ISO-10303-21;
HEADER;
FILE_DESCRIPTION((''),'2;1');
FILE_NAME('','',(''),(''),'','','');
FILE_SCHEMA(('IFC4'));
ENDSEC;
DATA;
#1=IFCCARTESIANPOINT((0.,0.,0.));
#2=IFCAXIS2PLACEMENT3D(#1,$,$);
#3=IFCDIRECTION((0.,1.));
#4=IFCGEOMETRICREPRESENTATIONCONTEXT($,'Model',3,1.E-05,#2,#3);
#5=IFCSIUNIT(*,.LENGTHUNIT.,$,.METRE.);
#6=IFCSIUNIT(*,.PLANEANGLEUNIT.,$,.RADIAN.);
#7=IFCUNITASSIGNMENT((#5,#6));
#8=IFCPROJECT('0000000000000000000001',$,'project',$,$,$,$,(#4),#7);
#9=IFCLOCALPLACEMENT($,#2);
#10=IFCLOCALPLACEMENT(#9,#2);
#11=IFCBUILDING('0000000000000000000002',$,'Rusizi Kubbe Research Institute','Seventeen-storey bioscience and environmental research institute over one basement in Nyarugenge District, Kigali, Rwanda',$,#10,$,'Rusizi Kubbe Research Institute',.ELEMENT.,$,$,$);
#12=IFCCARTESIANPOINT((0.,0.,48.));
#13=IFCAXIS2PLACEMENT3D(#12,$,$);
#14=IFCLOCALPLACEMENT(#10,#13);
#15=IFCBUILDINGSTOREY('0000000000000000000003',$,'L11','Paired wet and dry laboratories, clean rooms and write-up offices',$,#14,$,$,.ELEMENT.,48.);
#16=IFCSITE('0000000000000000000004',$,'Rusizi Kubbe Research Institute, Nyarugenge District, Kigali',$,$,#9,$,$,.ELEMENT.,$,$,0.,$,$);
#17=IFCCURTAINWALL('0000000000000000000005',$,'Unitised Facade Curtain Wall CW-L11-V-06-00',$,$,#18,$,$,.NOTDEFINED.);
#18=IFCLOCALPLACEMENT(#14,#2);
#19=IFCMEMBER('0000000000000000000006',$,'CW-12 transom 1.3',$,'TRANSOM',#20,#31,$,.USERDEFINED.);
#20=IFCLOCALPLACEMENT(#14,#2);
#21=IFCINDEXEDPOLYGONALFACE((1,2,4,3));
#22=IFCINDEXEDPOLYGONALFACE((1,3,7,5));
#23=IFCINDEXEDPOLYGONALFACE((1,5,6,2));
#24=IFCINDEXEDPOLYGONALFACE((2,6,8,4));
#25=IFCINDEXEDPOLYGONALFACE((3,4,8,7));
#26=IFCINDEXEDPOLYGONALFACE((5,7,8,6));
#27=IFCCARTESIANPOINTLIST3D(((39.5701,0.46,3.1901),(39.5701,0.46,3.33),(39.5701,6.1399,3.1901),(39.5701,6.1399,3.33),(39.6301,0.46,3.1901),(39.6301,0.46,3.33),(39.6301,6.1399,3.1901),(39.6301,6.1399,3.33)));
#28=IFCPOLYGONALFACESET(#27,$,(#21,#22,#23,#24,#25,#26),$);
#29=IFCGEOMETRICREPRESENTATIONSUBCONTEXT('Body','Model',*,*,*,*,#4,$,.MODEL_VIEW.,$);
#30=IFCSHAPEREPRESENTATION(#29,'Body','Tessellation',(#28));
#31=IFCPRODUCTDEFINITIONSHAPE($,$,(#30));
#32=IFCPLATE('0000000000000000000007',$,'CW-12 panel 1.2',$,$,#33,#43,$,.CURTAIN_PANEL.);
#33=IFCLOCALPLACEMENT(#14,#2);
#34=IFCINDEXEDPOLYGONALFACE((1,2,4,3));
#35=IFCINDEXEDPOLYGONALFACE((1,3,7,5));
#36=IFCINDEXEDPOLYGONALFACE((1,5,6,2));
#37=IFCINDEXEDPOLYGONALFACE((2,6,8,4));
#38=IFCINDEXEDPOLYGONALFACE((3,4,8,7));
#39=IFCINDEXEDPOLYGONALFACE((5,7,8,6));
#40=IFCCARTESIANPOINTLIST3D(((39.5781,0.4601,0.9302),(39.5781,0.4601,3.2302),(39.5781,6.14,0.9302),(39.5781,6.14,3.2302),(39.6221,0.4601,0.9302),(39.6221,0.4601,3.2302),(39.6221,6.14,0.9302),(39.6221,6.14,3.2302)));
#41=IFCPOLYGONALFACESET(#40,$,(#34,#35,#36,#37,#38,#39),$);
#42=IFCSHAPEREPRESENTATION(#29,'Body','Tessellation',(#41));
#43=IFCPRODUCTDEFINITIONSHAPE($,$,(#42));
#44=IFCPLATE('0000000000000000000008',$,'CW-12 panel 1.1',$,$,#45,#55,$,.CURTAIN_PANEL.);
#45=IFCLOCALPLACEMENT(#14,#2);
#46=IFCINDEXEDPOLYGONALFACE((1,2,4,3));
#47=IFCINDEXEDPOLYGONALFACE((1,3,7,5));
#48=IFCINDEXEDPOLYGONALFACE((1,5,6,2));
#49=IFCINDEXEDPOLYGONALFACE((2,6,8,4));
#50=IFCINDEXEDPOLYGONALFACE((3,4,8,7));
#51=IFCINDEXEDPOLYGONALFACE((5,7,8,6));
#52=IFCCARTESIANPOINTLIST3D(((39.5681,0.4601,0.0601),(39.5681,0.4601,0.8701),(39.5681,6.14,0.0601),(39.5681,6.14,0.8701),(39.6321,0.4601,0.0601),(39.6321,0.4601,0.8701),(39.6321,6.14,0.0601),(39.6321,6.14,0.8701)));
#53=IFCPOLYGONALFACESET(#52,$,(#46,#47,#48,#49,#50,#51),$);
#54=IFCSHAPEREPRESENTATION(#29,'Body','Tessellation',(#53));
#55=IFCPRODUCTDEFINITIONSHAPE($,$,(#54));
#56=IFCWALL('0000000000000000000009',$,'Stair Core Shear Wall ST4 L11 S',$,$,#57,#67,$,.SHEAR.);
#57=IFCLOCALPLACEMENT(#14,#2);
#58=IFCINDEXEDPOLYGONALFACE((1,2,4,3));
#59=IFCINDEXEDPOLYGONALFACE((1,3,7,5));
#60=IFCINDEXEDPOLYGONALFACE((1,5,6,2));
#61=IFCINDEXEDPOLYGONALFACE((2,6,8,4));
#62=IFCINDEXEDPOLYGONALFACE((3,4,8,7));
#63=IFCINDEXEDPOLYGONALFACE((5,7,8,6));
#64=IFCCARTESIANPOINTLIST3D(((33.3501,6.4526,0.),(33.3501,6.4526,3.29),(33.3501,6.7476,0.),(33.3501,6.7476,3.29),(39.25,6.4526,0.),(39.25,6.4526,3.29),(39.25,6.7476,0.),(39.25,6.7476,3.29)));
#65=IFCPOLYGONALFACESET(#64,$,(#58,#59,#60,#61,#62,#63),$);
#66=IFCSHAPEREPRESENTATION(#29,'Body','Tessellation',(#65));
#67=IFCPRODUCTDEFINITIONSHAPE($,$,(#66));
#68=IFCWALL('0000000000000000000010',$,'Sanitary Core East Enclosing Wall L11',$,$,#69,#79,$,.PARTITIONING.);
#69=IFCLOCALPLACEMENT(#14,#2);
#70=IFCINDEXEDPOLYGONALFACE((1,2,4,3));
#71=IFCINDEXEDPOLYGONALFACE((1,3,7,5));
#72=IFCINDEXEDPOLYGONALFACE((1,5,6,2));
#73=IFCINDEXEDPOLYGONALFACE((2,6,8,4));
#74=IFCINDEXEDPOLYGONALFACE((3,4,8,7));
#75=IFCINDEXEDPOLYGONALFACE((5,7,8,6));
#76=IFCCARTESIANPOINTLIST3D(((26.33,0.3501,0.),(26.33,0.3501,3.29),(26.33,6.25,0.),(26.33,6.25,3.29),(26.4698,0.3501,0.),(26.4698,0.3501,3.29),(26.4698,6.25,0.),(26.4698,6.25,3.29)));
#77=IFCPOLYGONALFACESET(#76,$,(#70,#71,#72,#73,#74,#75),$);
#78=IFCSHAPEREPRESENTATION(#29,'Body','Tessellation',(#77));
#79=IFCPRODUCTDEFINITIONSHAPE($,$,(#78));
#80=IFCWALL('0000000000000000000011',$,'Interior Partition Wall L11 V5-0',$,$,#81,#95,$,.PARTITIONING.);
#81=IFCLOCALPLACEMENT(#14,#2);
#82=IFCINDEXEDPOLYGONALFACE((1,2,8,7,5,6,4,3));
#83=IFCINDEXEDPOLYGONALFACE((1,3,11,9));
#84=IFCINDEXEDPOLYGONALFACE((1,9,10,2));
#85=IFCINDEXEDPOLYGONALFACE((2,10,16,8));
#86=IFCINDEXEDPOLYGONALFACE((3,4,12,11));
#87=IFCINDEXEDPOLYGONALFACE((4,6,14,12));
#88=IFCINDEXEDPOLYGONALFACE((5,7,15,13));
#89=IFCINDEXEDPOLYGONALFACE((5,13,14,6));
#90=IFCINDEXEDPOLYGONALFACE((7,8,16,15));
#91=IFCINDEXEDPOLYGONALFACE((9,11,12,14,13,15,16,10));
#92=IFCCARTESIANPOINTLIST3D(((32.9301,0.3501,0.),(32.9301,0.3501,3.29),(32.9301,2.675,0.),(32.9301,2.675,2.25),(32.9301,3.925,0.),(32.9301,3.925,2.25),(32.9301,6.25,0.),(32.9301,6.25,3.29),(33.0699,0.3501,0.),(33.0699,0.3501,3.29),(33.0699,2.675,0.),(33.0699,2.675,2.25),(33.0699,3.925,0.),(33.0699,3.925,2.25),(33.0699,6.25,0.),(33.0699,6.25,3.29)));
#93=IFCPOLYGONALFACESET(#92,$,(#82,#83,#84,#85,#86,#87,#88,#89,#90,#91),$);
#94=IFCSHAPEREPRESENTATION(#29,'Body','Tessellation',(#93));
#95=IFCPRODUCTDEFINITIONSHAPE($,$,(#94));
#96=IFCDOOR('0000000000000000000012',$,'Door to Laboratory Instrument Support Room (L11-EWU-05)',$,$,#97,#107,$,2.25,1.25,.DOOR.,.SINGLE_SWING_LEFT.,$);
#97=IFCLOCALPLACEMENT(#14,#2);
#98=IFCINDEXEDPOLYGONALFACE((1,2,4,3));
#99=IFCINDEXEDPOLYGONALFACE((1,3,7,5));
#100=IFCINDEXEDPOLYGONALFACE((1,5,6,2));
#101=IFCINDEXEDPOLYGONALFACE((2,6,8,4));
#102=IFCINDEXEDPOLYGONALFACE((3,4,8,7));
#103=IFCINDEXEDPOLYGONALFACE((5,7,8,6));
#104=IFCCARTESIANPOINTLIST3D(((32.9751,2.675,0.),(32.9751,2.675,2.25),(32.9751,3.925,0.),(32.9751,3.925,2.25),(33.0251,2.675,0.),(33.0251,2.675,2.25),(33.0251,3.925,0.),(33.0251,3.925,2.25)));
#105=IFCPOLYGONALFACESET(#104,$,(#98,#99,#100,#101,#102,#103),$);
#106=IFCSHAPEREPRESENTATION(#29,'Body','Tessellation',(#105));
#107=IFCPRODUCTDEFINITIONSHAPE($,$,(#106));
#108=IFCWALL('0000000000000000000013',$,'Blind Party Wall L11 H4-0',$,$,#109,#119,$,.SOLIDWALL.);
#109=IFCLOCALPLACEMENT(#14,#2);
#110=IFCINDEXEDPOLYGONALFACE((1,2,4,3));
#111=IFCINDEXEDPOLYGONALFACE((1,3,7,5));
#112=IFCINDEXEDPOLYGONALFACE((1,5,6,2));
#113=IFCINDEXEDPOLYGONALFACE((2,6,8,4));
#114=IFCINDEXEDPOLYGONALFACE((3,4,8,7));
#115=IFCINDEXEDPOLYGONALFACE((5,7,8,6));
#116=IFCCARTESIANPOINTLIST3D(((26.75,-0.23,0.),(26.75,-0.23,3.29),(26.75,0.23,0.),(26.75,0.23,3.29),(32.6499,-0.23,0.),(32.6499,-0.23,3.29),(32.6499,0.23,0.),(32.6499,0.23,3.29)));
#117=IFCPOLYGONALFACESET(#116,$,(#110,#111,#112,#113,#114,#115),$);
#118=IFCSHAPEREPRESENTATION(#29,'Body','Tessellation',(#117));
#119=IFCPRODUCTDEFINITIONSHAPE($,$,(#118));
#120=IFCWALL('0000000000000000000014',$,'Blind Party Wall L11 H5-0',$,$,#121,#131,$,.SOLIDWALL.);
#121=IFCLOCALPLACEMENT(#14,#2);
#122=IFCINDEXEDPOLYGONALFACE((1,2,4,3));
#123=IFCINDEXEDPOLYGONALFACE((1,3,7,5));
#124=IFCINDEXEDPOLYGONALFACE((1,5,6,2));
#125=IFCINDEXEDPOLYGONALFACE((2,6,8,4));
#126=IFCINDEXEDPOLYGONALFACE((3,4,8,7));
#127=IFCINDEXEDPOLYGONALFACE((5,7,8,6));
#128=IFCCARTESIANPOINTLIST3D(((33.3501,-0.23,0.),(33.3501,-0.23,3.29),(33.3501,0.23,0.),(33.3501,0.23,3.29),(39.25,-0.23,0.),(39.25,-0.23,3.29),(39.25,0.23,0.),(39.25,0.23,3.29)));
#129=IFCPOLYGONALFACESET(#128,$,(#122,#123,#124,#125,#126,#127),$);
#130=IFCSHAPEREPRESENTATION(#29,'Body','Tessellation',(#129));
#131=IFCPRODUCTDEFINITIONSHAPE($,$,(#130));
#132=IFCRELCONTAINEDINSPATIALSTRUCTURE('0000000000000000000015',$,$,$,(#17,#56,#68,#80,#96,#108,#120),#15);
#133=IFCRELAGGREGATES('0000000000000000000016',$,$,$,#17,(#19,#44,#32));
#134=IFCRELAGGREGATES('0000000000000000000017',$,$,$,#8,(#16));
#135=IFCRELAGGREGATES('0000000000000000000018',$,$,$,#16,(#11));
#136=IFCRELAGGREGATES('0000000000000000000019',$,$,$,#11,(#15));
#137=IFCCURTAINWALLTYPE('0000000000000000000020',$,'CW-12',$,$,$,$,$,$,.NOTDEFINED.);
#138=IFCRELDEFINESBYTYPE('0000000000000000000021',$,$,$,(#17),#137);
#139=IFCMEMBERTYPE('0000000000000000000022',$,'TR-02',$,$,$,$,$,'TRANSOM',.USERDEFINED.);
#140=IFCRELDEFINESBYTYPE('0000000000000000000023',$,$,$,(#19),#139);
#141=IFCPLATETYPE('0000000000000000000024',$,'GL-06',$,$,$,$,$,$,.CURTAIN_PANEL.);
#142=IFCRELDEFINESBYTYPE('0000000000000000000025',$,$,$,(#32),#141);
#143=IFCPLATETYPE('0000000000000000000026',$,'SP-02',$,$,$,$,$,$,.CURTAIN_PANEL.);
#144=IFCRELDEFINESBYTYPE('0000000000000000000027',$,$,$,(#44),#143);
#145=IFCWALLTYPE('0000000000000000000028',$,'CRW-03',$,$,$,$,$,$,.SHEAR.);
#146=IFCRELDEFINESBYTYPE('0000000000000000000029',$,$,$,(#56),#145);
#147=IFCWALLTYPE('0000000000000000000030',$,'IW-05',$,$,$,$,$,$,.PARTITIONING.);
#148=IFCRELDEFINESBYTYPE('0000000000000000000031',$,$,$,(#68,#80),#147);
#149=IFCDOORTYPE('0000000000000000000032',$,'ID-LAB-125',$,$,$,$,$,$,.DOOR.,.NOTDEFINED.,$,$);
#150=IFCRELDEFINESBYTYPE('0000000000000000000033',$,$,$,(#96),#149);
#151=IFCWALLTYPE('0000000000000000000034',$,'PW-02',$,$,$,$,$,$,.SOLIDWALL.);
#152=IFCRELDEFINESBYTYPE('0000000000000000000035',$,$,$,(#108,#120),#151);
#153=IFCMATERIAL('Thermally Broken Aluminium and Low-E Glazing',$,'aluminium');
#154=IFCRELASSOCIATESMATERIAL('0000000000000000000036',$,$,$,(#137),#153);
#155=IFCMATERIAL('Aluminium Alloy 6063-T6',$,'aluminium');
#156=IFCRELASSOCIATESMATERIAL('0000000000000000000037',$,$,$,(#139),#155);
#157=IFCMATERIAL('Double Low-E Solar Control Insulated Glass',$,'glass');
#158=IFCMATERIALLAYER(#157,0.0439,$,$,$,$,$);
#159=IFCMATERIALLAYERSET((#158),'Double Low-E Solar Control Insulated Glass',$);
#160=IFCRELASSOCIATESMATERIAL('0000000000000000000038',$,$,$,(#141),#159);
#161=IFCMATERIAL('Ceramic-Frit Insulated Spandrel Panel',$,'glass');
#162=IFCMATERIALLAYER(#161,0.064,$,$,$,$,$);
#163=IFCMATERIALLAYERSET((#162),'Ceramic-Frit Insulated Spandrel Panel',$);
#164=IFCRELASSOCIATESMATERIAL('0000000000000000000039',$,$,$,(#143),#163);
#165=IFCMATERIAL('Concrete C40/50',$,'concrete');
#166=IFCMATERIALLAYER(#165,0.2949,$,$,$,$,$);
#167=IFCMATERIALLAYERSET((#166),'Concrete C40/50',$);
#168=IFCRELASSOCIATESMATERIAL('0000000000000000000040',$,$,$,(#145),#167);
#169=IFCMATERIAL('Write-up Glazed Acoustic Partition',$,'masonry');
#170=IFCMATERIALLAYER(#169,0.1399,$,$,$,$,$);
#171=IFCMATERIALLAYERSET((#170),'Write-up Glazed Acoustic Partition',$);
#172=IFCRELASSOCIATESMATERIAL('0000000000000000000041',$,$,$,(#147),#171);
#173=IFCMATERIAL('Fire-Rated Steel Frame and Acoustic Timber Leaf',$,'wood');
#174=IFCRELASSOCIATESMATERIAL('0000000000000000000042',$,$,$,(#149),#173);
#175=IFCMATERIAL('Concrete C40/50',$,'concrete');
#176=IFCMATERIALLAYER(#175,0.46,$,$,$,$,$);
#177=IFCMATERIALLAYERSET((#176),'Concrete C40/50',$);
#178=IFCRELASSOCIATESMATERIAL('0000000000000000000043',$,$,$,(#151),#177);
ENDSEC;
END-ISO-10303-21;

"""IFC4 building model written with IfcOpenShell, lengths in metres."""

from ifc_helpers import new_model, si_unit, direction, frame, frame_2d, origin, origin_2d, place, context, subcontext, project, spatial, rectangle, extrude, material, layer, layer_set, material_profile, profile_set, type_object, element, fill, aggregate, save


model = new_model("IFC4")

# Units and contexts
model_context = context("Model", 3, precision=1e-05, world=origin(), true_north=direction((0.0, 1.0)))
body_context = subcontext(model_context, "Body", "Model", "MODEL_VIEW")
ifc_project = project(units=[si_unit("LENGTHUNIT", "METRE"), si_unit("PLANEANGLEUNIT", "RADIAN")], contexts=[model_context])

# Site, building, storey
site_placement = place(None, origin())
site = spatial("IfcSite", under=ifc_project, at=site_placement, Name="Rusizi Kubbe Research Institute, Nyarugenge District, Kigali", CompositionType="ELEMENT", RefElevation=0.0)
building_placement = place(site_placement, origin())
building = spatial("IfcBuilding", under=site, at=building_placement, Name="Rusizi Kubbe Research Institute", Description="Seventeen-storey bioscience and environmental research institute over one basement in Nyarugenge District, Kigali, Rwanda", LongName="Rusizi Kubbe Research Institute", CompositionType="ELEMENT")
storey_placement = place(building_placement, frame((0.0, 0.0, 48.0)))
storey = spatial("IfcBuildingStorey", under=building, at=storey_placement, Name="L11", Description="Paired wet and dry laboratories, clean rooms and write-up offices", CompositionType="ELEMENT", Elevation=48.0)

# Curtain wall, member, plates
ifc_material_1 = material(Name="Thermally Broken Aluminium and Low-E Glazing", Category="aluminium")
curtain_wall_type = type_object("IfcCurtainWallType", Name="CW-12", PredefinedType="NOTDEFINED", material=ifc_material_1)
curtain_wall_placement = place(storey_placement, origin())
curtain_wall = element("IfcCurtainWall", 1, at=curtain_wall_placement, inside=storey, type_object=curtain_wall_type, Name="Unitised Facade Curtain Wall CW-L11-V-06-00", PredefinedType="NOTDEFINED")
ifc_material_2 = material(Name="Aluminium Alloy 6063-T6", Category="aluminium")
ifc_material_profile_1 = material_profile(ifc_material_2, rectangle(XDim=0.0601, YDim=0.1399, at=origin_2d()), Name="ALU-T 60x140")
ifc_profile_set_1 = profile_set([ifc_material_profile_1], Name="Aluminium Alloy 6063-T6")
member_type_1 = type_object("IfcMemberType", Name="TR-02", ElementType="TRANSOM", PredefinedType="USERDEFINED", material=ifc_profile_set_1)
member_1_placement = place(storey_placement, frame((39.6001, 0.46, 3.26), z_axis=(0.0, 1.0, 0.0), x_axis=(-1.0, 0.0, 0.0)))
member_1 = element("IfcMember", 2, at=member_1_placement, type_object=member_type_1, Name="CW-12 transom 1.3", ObjectType="TRANSOM", PredefinedType="USERDEFINED", context=body_context, shape_type="SweptSolid", body=[
    extrude(rectangle(XDim=0.0601, YDim=0.1399, at=origin_2d()), origin(), (0.0, 0.0, 1.0), 5.6799),
])
ifc_material_3 = material(Name="Double Low-E Solar Control Insulated Glass", Category="glass")
ifc_layer_1 = layer(ifc_material_3, 0.0439)
ifc_layer_set_1 = layer_set([ifc_layer_1], Name="Double Low-E Solar Control Insulated Glass")
plate_type_1 = type_object("IfcPlateType", Name="GL-06", PredefinedType="CURTAIN_PANEL", material=ifc_layer_set_1)
plate_1_placement = place(storey_placement, frame((39.6001, 3.3, 0.9302), z_axis=(0.0, 0.0, 1.0), x_axis=(0.0, 1.0, 0.0)))
plate_1 = element("IfcPlate", 3, at=plate_1_placement, type_object=plate_type_1, Name="CW-12 panel 1.2", PredefinedType="CURTAIN_PANEL", context=body_context, shape_type="SweptSolid", body=[
    extrude(rectangle(XDim=5.6799, YDim=0.0439, at=origin_2d()), origin(), (0.0, 0.0, 1.0), 2.3),
])
ifc_material_4 = material(Name="Ceramic-Frit Insulated Spandrel Panel", Category="glass")
ifc_layer_2 = layer(ifc_material_4, 0.064)
ifc_layer_set_2 = layer_set([ifc_layer_2], Name="Ceramic-Frit Insulated Spandrel Panel")
plate_type_2 = type_object("IfcPlateType", Name="SP-02", PredefinedType="CURTAIN_PANEL", material=ifc_layer_set_2)
plate_2_placement = place(storey_placement, frame((39.6001, 3.3, 0.0601), z_axis=(0.0, 0.0, 1.0), x_axis=(0.0, 1.0, 0.0)))
plate_2 = element("IfcPlate", 4, at=plate_2_placement, type_object=plate_type_2, Name="CW-12 panel 1.1", PredefinedType="CURTAIN_PANEL", context=body_context, shape_type="SweptSolid", body=[
    extrude(rectangle(XDim=5.6799, YDim=0.064, at=origin_2d()), origin(), (0.0, 0.0, 1.0), 0.8101),
])
aggregate(curtain_wall, [member_1, plate_2, plate_1])

# Walls
ifc_material_5 = material(Name="Concrete C40/50", Category="concrete")
ifc_layer_3 = layer(ifc_material_5, 0.2949)
ifc_layer_set_3 = layer_set([ifc_layer_3], Name="Concrete C40/50")
wall_type_1 = type_object("IfcWallType", Name="CRW-03", PredefinedType="SHEAR", material=ifc_layer_set_3)
wall_1_placement = place(storey_placement, frame((33.3501, 6.6001, 0.0), z_axis=(0.0, 0.0, 1.0), x_axis=(1.0, 0.0, 0.0)))
element("IfcWall", 5, at=wall_1_placement, inside=storey, type_object=wall_type_1, Name="Stair Core Shear Wall ST4 L11 S", PredefinedType="SHEAR", context=body_context, shape_type="SweptSolid", body=[
    extrude(rectangle(XDim=5.8999, YDim=0.2949, at=frame_2d((2.95, 0.0))), origin(), (0.0, 0.0, 1.0), 3.29),
])
ifc_material_6 = material(Name="Write-up Glazed Acoustic Partition", Category="masonry")
ifc_layer_4 = layer(ifc_material_6, 0.1399)
ifc_layer_set_4 = layer_set([ifc_layer_4], Name="Write-up Glazed Acoustic Partition")
wall_type_2 = type_object("IfcWallType", Name="IW-05", PredefinedType="PARTITIONING", material=ifc_layer_set_4)
wall_2_placement = place(storey_placement, frame((26.3999, 0.3501, 0.0), z_axis=(0.0, 0.0, 1.0), x_axis=(0.0, 1.0, 0.0)))
element("IfcWall", 6, at=wall_2_placement, inside=storey, type_object=wall_type_2, Name="Sanitary Core East Enclosing Wall L11", PredefinedType="PARTITIONING", context=body_context, shape_type="SweptSolid", body=[
    extrude(rectangle(XDim=5.8999, YDim=0.1399, at=frame_2d((2.95, 0.0))), origin(), (0.0, 0.0, 1.0), 3.29),
])

# Wall, opening, door
wall_3_placement = place(storey_placement, frame((33.0, 0.3501, 0.0), z_axis=(0.0, 0.0, 1.0), x_axis=(0.0, 1.0, 0.0)))
wall_3 = element("IfcWall", 7, at=wall_3_placement, inside=storey, type_object=wall_type_2, Name="Interior Partition Wall L11 V5-0", PredefinedType="PARTITIONING", context=body_context, shape_type="SweptSolid", body=[
    extrude(rectangle(XDim=5.8999, YDim=0.1399, at=frame_2d((2.95, 0.0))), origin(), (0.0, 0.0, 1.0), 3.29),
])
opening_placement = place(wall_3_placement, frame((2.325, 0.0, 0.0)))
opening = element("IfcOpeningElement", 8, at=opening_placement, cuts=wall_3, PredefinedType="OPENING", context=body_context, shape_type="SweptSolid", body=[
    extrude(rectangle(XDim=1.25, YDim=2.25, at=frame_2d((0.625, 1.125))), frame((0.0, 0.0798, 0.0), z_axis=(0.0, -1.0, 0.0), x_axis=(1.0, 0.0, 0.0)), (0.0, 0.0, 1.0), 0.1599),
])
ifc_material_7 = material(Name="Fire-Rated Steel Frame and Acoustic Timber Leaf", Category="wood")
door_type = type_object("IfcDoorType", Name="ID-LAB-125", OperationType="NOTDEFINED", PredefinedType="DOOR", material=ifc_material_7)
door_placement = place(opening_placement, origin())
door = element("IfcDoor", 9, at=door_placement, inside=storey, type_object=door_type, Name="Door to Laboratory Instrument Support Room (L11-EWU-05)", OperationType="SINGLE_SWING_LEFT", OverallHeight=2.25, OverallWidth=1.25, PredefinedType="DOOR", context=body_context, shape_type="SweptSolid", body=[
    extrude(rectangle(XDim=1.25, YDim=2.25, at=frame_2d((0.625, 1.125))), frame((0.0, 0.0249, 0.0), z_axis=(0.0, -1.0, 0.0), x_axis=(1.0, 0.0, 0.0)), (0.0, 0.0, 1.0), 0.05),
])
fill(opening, door)

# Walls
ifc_material_8 = material(Name="Concrete C40/50", Category="concrete")
ifc_layer_5 = layer(ifc_material_8, 0.46)
ifc_layer_set_5 = layer_set([ifc_layer_5], Name="Concrete C40/50")
wall_type_3 = type_object("IfcWallType", Name="PW-02", PredefinedType="SOLIDWALL", material=ifc_layer_set_5)
for number, where, z_axis, x_axis, name in (
    (10, (26.75, 0.0, 0.0), (0.0, 0.0, 1.0), (1.0, 0.0, 0.0), "Blind Party Wall L11 H4-0"),
    (11, (33.3501, 0.0, 0.0), (0.0, 0.0, 1.0), (1.0, 0.0, 0.0), "Blind Party Wall L11 H5-0"),
):
    element("IfcWall", number, at=place(storey_placement, frame(where, z_axis=z_axis, x_axis=x_axis)), inside=storey, type_object=wall_type_3, Name=name, PredefinedType="SOLIDWALL", context=body_context, shape_type="SweptSolid", body=[
        extrude(rectangle(XDim=5.8999, YDim=0.46, at=frame_2d((2.95, 0.0))), origin(), (0.0, 0.0, 1.0), 3.29),
    ])

save(model, "model.ifc")
